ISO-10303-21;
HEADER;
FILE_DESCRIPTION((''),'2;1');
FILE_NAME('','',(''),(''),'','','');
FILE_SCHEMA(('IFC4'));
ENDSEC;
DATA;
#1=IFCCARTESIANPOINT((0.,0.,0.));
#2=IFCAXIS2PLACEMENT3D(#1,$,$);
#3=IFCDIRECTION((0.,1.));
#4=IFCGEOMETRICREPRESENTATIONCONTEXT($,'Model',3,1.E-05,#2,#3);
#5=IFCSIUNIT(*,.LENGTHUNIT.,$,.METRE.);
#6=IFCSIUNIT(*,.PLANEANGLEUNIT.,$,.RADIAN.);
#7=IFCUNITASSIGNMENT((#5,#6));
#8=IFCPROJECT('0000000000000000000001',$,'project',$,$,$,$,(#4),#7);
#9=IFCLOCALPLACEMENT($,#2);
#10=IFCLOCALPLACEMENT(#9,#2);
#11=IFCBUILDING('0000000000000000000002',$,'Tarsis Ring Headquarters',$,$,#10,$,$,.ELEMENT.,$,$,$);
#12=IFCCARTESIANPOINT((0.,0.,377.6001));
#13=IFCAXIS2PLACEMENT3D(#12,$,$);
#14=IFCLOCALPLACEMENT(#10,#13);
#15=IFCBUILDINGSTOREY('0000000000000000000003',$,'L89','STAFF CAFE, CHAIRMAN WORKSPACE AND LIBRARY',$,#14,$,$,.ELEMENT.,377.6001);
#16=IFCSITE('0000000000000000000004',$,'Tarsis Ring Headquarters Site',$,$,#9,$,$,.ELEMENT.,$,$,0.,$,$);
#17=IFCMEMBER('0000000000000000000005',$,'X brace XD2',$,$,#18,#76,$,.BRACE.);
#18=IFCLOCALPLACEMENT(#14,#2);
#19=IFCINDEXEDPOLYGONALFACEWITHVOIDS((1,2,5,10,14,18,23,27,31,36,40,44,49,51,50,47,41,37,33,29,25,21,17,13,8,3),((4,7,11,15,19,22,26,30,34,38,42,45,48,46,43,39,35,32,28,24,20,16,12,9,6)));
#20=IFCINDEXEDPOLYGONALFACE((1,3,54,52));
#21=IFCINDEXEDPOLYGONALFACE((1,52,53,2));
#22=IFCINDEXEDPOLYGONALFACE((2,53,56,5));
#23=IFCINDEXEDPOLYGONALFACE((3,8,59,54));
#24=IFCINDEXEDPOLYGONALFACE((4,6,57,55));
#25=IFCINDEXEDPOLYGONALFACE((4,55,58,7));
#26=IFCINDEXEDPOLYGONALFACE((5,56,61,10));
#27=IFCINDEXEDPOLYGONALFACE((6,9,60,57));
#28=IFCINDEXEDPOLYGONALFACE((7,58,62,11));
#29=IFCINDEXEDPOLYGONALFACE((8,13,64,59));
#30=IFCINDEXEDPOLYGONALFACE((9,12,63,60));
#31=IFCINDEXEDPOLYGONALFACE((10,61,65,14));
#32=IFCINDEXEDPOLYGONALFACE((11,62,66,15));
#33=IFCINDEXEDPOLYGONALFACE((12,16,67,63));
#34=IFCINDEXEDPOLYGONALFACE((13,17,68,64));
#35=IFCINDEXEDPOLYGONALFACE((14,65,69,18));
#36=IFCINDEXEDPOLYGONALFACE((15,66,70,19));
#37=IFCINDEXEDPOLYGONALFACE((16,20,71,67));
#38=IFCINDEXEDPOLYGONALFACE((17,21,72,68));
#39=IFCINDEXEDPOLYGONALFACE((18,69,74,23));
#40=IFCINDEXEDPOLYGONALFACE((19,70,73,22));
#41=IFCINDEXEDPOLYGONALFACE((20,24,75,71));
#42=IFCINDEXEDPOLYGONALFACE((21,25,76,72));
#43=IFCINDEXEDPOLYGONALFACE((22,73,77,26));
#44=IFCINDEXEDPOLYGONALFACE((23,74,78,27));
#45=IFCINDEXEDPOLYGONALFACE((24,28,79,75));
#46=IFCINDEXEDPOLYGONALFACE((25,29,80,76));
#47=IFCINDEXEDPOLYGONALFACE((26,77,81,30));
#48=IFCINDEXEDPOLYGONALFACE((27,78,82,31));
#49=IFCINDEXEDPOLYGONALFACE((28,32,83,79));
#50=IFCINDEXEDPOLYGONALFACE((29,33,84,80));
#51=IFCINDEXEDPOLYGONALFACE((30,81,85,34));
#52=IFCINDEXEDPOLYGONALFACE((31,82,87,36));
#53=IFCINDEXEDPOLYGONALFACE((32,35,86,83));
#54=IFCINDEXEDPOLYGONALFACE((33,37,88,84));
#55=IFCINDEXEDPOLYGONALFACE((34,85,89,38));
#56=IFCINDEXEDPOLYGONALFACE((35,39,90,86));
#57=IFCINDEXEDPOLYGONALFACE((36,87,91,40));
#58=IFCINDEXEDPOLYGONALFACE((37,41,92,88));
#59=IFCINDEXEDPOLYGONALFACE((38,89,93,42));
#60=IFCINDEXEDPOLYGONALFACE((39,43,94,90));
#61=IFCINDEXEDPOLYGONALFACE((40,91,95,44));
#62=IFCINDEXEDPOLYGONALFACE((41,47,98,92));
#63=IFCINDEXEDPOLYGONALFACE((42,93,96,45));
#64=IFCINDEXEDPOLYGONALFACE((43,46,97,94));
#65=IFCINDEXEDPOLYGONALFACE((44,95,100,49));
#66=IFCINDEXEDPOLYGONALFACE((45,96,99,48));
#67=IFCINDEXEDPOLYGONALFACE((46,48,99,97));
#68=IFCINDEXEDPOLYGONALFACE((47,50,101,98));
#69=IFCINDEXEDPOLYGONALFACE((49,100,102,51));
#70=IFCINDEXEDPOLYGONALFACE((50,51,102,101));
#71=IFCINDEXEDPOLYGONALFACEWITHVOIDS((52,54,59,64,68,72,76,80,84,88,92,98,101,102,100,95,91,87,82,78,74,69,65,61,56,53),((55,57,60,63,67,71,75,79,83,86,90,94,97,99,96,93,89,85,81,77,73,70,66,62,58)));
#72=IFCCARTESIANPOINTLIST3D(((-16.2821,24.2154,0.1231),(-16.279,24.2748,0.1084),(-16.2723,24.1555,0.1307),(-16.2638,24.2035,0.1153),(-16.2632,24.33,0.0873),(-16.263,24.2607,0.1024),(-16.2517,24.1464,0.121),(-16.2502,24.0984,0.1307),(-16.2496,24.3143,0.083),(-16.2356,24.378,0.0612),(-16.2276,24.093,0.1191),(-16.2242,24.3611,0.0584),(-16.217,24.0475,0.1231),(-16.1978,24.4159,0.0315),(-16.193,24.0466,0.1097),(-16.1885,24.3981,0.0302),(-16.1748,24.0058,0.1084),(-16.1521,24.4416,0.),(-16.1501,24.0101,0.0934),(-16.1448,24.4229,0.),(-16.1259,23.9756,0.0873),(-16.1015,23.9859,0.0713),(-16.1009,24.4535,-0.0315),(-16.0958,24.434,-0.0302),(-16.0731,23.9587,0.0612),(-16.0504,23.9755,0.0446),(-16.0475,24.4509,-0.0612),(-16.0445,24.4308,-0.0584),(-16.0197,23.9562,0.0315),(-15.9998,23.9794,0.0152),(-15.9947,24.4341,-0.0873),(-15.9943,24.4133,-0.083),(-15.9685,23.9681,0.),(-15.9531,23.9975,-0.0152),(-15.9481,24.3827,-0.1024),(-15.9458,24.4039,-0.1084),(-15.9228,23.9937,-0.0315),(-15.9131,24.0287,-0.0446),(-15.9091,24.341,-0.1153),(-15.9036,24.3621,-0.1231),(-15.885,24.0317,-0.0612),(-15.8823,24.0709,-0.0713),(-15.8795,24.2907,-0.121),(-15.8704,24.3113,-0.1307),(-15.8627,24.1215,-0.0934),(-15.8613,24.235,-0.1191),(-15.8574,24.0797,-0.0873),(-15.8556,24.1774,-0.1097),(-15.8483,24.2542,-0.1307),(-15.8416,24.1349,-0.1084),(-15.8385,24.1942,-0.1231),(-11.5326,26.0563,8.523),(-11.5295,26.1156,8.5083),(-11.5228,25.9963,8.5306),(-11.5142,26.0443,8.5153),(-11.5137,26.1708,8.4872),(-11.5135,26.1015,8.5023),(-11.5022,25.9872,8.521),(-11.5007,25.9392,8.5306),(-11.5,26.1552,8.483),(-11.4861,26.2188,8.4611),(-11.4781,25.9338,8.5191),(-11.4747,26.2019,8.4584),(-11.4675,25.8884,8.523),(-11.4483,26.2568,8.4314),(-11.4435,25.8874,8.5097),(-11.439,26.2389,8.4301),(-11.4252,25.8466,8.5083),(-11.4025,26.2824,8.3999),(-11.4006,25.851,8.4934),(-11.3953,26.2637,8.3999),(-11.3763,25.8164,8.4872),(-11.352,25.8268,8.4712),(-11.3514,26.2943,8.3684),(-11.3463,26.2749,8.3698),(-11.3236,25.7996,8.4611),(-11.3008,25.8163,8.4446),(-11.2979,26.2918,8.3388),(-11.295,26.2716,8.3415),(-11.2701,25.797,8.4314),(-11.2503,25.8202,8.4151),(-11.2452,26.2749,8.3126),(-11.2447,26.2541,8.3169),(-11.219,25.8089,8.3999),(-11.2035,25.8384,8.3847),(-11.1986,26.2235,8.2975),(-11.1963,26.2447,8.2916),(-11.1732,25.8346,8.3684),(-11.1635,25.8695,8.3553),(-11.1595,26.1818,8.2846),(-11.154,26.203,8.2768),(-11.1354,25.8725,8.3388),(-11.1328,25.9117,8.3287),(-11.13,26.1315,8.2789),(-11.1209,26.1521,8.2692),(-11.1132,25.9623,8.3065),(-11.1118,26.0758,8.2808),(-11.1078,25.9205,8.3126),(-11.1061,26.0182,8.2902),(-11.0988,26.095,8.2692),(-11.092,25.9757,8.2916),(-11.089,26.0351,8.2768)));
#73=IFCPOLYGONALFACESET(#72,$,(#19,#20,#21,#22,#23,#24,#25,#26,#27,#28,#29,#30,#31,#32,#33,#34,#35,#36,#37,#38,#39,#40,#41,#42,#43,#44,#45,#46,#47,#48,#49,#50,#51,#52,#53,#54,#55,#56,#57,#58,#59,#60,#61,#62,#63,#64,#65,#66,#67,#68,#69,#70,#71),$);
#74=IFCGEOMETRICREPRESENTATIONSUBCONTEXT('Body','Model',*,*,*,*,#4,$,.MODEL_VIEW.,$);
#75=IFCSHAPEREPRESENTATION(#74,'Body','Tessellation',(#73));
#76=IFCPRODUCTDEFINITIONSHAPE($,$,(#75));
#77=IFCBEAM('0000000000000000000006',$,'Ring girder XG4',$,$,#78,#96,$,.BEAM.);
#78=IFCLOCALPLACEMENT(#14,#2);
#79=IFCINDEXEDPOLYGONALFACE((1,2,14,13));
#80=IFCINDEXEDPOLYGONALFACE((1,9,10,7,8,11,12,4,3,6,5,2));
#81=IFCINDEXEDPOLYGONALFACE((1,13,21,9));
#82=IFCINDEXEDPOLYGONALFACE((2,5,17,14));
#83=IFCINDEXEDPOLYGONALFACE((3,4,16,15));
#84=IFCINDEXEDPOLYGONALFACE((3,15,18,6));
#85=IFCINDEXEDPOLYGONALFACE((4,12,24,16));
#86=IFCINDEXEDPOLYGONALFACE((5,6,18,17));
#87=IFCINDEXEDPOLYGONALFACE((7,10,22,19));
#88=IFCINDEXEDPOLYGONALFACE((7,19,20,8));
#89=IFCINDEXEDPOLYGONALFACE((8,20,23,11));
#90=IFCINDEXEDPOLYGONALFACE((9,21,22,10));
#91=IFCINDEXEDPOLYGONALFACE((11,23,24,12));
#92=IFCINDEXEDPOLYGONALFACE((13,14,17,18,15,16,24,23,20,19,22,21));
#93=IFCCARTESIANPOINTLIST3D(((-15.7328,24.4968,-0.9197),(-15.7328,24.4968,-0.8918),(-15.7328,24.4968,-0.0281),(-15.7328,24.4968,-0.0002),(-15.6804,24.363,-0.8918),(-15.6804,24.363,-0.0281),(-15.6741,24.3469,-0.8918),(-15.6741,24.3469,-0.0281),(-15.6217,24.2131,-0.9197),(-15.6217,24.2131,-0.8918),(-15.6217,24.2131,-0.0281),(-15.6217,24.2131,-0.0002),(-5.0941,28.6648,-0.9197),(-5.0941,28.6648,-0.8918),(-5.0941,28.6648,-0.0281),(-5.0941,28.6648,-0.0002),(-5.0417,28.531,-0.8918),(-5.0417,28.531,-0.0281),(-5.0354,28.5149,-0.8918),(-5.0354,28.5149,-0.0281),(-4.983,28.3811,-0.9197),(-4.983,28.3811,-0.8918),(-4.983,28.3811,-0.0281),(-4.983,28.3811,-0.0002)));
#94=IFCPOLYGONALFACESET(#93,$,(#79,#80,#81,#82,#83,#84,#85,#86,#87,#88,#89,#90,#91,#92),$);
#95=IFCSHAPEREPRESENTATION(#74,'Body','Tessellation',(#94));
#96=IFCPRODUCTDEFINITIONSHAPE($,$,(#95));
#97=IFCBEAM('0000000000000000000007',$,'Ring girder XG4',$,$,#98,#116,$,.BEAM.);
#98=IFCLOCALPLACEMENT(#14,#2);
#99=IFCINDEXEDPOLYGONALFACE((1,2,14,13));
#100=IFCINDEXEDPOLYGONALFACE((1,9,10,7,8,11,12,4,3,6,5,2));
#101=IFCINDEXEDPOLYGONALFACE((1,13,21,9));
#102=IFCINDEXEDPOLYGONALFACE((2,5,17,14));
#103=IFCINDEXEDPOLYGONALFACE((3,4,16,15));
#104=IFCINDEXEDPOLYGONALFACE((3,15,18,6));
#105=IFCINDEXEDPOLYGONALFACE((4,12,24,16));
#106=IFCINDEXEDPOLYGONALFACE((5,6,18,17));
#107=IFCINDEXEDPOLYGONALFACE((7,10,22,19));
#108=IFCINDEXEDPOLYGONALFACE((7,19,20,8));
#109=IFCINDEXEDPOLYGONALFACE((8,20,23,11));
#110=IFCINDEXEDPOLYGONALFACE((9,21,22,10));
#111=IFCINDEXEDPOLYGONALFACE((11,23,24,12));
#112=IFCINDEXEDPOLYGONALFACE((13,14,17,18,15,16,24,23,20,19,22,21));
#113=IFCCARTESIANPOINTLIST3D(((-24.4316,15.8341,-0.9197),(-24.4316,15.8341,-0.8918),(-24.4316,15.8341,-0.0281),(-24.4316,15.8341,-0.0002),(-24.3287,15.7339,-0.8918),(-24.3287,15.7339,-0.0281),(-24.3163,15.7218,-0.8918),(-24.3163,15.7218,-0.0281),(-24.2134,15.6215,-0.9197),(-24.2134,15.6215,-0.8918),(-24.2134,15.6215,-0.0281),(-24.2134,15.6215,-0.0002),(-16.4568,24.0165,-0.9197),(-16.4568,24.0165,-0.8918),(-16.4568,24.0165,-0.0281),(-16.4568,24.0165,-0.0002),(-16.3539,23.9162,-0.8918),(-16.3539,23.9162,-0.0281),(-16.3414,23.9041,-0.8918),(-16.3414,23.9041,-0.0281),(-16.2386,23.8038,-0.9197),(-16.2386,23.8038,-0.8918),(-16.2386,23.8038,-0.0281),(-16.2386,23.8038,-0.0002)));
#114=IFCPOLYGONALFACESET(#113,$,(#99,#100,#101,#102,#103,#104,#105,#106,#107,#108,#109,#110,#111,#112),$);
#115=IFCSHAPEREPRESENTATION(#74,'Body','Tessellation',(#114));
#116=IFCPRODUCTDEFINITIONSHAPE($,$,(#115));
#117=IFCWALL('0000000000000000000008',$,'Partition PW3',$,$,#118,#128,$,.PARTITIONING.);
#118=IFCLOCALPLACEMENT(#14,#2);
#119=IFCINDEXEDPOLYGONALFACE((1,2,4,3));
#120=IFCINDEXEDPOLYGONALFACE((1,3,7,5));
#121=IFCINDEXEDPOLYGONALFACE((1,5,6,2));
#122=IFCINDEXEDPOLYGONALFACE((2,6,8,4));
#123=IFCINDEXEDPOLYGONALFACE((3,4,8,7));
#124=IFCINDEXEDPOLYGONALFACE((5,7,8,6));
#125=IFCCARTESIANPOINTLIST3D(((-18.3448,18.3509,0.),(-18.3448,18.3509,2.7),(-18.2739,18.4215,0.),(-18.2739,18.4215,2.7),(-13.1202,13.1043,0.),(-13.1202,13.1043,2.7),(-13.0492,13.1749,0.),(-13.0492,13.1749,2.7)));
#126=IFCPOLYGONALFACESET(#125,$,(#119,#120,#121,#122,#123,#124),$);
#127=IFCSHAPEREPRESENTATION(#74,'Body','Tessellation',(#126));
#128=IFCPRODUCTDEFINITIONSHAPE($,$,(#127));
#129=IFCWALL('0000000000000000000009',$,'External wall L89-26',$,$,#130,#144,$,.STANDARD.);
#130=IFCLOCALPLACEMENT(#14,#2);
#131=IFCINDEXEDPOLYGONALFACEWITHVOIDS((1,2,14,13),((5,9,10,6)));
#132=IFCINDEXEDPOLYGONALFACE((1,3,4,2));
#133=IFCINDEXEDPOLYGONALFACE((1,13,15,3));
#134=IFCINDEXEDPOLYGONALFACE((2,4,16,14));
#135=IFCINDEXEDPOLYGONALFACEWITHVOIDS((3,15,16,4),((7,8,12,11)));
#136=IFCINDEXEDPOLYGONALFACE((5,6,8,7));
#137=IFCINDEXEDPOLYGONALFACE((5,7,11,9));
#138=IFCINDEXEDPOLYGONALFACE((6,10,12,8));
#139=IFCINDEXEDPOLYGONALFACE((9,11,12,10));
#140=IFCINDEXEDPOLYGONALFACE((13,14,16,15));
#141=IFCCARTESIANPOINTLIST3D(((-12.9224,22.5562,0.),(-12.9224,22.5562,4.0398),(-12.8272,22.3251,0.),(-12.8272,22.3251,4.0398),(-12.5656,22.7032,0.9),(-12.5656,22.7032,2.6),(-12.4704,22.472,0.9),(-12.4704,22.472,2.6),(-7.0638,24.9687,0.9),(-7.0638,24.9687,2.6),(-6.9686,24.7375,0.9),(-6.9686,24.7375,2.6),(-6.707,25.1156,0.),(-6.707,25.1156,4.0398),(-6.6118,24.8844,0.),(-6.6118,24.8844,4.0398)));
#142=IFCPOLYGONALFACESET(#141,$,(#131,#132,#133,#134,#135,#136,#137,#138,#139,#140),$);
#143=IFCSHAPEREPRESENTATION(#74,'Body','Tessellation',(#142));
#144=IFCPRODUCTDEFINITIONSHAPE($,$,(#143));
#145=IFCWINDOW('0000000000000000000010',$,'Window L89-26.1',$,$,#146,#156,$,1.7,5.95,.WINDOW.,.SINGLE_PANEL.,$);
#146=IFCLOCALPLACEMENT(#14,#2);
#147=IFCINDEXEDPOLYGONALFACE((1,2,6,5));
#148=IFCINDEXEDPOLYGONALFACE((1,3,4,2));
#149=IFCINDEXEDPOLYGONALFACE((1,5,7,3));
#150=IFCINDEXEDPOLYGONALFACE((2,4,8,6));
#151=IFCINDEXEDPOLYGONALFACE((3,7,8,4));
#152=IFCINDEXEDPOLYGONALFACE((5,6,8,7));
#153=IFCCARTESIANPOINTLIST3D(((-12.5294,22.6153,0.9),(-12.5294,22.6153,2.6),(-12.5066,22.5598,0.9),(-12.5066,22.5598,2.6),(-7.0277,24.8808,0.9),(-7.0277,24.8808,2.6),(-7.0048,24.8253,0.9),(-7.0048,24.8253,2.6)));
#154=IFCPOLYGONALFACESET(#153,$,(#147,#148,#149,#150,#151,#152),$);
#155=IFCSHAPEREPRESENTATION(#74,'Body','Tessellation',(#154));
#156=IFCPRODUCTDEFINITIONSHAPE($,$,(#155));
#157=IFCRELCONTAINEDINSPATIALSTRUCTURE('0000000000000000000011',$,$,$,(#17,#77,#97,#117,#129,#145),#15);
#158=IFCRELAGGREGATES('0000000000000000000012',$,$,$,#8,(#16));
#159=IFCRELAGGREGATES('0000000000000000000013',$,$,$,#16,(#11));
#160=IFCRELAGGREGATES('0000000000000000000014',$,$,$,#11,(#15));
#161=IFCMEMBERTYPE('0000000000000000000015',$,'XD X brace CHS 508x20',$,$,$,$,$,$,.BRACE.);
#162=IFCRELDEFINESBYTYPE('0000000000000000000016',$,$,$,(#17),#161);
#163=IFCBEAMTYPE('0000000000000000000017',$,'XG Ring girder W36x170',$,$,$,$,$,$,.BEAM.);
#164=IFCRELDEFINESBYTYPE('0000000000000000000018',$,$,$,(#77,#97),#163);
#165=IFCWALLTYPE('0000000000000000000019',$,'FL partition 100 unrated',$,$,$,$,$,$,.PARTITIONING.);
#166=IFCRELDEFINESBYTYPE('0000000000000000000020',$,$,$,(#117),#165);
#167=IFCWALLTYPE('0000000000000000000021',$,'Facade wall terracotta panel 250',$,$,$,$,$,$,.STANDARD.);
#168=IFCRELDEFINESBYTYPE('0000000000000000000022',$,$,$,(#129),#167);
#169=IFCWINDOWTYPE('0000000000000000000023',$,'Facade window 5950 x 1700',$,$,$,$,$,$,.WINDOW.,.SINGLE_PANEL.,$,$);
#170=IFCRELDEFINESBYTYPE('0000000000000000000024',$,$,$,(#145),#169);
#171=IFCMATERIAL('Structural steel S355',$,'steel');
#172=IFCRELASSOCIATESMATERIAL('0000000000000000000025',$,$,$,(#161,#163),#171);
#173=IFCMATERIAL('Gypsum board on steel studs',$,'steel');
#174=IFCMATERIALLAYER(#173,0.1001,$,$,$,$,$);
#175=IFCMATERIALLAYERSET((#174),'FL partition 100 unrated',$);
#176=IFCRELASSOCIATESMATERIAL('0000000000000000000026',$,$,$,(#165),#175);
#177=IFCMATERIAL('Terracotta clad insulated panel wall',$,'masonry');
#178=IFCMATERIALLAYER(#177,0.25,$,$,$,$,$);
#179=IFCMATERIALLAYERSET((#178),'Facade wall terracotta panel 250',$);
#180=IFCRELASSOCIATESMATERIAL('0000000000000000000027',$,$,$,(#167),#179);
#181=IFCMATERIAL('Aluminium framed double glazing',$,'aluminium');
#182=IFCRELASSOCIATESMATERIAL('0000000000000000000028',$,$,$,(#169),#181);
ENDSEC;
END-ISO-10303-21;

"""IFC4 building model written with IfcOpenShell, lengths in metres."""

from ifc_helpers import new_model, si_unit, direction, frame, frame_2d, origin, origin_2d, place, context, subcontext, project, spatial, rectangle, hollow_circle, i_section, extrude, material, layer, layer_set, material_profile, profile_set, type_object, element, fill, save


model = new_model("IFC4")

# Units and contexts
model_context = context("Model", 3, precision=1e-05, world=origin(), true_north=direction((0.0, 1.0)))
body_context = subcontext(model_context, "Body", "Model", "MODEL_VIEW")
ifc_project = project(units=[si_unit("LENGTHUNIT", "METRE"), si_unit("PLANEANGLEUNIT", "RADIAN")], contexts=[model_context])

# Site, building, storey
site_placement = place(None, origin())
site = spatial("IfcSite", under=ifc_project, at=site_placement, Name="Tarsis Ring Headquarters Site", CompositionType="ELEMENT", RefElevation=0.0)
building_placement = place(site_placement, origin())
building = spatial("IfcBuilding", under=site, at=building_placement, Name="Tarsis Ring Headquarters", CompositionType="ELEMENT")
storey_placement = place(building_placement, frame((0.0, 0.0, 377.6001)))
storey = spatial("IfcBuildingStorey", under=building, at=storey_placement, Name="L89", Description="STAFF CAFE, CHAIRMAN WORKSPACE AND LIBRARY", CompositionType="ELEMENT", Elevation=377.6001)

# Shared definitions
ifc_material_1 = material(Name="Structural steel S355", Category="steel")

# Member
ifc_material_profile_1 = material_profile(ifc_material_1, hollow_circle(Radius=0.2539, WallThickness=0.02, at=origin_2d()), Name="CHS 508x20")
ifc_profile_set_1 = profile_set([ifc_material_profile_1], Name="Structural steel S355")
member_type = type_object("IfcMemberType", Name="XD X brace CHS 508x20", PredefinedType="BRACE", material=ifc_profile_set_1)
member_1_placement = place(storey_placement, frame((-16.0603, 24.2048, 0.0), z_axis=(0.483475, 0.187386, 0.855066), x_axis=(-0.361387, 0.932416, 0.0)))
element("IfcMember", 1, at=member_1_placement, inside=storey, type_object=member_type, Name="X brace XD2", PredefinedType="BRACE", context=body_context, shape_type="SweptSolid", body=[
    extrude(hollow_circle(Radius=0.2539, WallThickness=0.02, at=origin_2d()), origin(), (0.0, 0.0, 1.0), 9.8237),
])

# Beams
ifc_material_profile_2 = material_profile(ifc_material_1, i_section(OverallWidth=0.3047, OverallDepth=0.9194, WebThickness=0.0173, FlangeThickness=0.0278, at=origin_2d()), Name="W36x170")
ifc_profile_set_2 = profile_set([ifc_material_profile_2], Name="Structural steel S355")
beam_type_1 = type_object("IfcBeamType", Name="XG Ring girder W36x170", PredefinedType="BEAM", material=ifc_profile_set_2)
beam_1_placement = place(storey_placement, frame((-5.0386, 28.5229, -0.46), z_axis=(-0.931094, -0.36478, 0.0), x_axis=(0.36478, -0.931094, 0.0)))
element("IfcBeam", 2, at=beam_1_placement, inside=storey, type_object=beam_type_1, Name="Ring girder XG4", PredefinedType="BEAM", context=body_context, shape_type="SweptSolid", body=[
    extrude(i_section(OverallWidth=0.3047, OverallDepth=0.9194, WebThickness=0.0173, FlangeThickness=0.0278, at=origin_2d()), origin(), (0.0, 0.0, 1.0), 11.426),
])
beam_2_placement = place(storey_placement, frame((-16.3477, 23.9102, -0.46), z_axis=(-0.697967, -0.71613, 0.0), x_axis=(0.71613, -0.697967, 0.0)))
element("IfcBeam", 3, at=beam_2_placement, inside=storey, type_object=beam_type_1, Name="Ring girder XG4", PredefinedType="BEAM", context=body_context, shape_type="SweptSolid", body=[
    extrude(i_section(OverallWidth=0.3047, OverallDepth=0.9194, WebThickness=0.0173, FlangeThickness=0.0278, at=origin_2d()), origin(), (0.0, 0.0, 1.0), 11.4258),
])

# Wall
ifc_material_2 = material(Name="Gypsum board on steel studs", Category="steel")
ifc_layer_1 = layer(ifc_material_2, 0.1001)
ifc_layer_set_1 = layer_set([ifc_layer_1], Name="FL partition 100 unrated")
wall_type_1 = type_object("IfcWallType", Name="FL partition 100 unrated", PredefinedType="PARTITIONING", material=ifc_layer_set_1)
wall_1_placement = place(storey_placement, frame((-18.3093, 18.3862, 0.0), z_axis=(0.0, 0.0, 1.0), x_axis=(0.705621, -0.708589, 0.0)))
element("IfcWall", 4, at=wall_1_placement, inside=storey, type_object=wall_type_1, Name="Partition PW3", PredefinedType="PARTITIONING", context=body_context, shape_type="SweptSolid", body=[
    extrude(rectangle(XDim=7.4043, YDim=0.1001, at=frame_2d((3.7021, 0.0))), origin(), (0.0, 0.0, 1.0), 2.7),
])

# Wall, opening, window
ifc_material_3 = material(Name="Terracotta clad insulated panel wall", Category="masonry")
ifc_layer_2 = layer(ifc_material_3, 0.25)
ifc_layer_set_2 = layer_set([ifc_layer_2], Name="Facade wall terracotta panel 250")
wall_type_2 = type_object("IfcWallType", Name="Facade wall terracotta panel 250", PredefinedType="STANDARD", material=ifc_layer_set_2)
wall_2_placement = place(storey_placement, frame((-6.6594, 25.0, 0.0), z_axis=(0.0, 0.0, 1.0), x_axis=(-0.924674, -0.380759, 0.0)))
wall_2 = element("IfcWall", 5, at=wall_2_placement, inside=storey, type_object=wall_type_2, Name="External wall L89-26", PredefinedType="STANDARD", context=body_context, shape_type="SweptSolid", body=[
    extrude(rectangle(XDim=6.7217, YDim=0.25, at=frame_2d((3.3608, 0.0))), origin(), (0.0, 0.0, 1.0), 4.0398),
])
opening_1_placement = place(wall_2_placement, frame((0.3857, 0.0, 0.8999)))
opening_1 = element("IfcOpeningElement", 6, at=opening_1_placement, cuts=wall_2, PredefinedType="OPENING", context=body_context, shape_type="SweptSolid", body=[
    extrude(rectangle(XDim=5.95, YDim=1.7, at=frame_2d((2.9751, 0.8501))), frame((0.0, 0.135, 0.0), z_axis=(0.0, -1.0, 0.0), x_axis=(1.0, 0.0, 0.0)), (0.0, 0.0, 1.0), 0.27),
])
ifc_material_4 = material(Name="Aluminium framed double glazing", Category="aluminium")
window_type = type_object("IfcWindowType", Name="Facade window 5950 x 1700", PartitioningType="SINGLE_PANEL", PredefinedType="WINDOW", material=ifc_material_4)
window_1_placement = place(opening_1_placement, origin())
window_1 = element("IfcWindow", 7, at=window_1_placement, inside=storey, type_object=window_type, Name="Window L89-26.1", OverallHeight=1.7, OverallWidth=5.95, PartitioningType="SINGLE_PANEL", PredefinedType="WINDOW", context=body_context, shape_type="SweptSolid", body=[
    extrude(rectangle(XDim=5.95, YDim=1.7, at=frame_2d((2.9751, 0.8501))), frame((0.0, 0.03, 0.0), z_axis=(0.0, -1.0, 0.0), x_axis=(1.0, 0.0, 0.0)), (0.0, 0.0, 1.0), 0.0601),
])
fill(opening_1, window_1)

save(model, "model.ifc")
